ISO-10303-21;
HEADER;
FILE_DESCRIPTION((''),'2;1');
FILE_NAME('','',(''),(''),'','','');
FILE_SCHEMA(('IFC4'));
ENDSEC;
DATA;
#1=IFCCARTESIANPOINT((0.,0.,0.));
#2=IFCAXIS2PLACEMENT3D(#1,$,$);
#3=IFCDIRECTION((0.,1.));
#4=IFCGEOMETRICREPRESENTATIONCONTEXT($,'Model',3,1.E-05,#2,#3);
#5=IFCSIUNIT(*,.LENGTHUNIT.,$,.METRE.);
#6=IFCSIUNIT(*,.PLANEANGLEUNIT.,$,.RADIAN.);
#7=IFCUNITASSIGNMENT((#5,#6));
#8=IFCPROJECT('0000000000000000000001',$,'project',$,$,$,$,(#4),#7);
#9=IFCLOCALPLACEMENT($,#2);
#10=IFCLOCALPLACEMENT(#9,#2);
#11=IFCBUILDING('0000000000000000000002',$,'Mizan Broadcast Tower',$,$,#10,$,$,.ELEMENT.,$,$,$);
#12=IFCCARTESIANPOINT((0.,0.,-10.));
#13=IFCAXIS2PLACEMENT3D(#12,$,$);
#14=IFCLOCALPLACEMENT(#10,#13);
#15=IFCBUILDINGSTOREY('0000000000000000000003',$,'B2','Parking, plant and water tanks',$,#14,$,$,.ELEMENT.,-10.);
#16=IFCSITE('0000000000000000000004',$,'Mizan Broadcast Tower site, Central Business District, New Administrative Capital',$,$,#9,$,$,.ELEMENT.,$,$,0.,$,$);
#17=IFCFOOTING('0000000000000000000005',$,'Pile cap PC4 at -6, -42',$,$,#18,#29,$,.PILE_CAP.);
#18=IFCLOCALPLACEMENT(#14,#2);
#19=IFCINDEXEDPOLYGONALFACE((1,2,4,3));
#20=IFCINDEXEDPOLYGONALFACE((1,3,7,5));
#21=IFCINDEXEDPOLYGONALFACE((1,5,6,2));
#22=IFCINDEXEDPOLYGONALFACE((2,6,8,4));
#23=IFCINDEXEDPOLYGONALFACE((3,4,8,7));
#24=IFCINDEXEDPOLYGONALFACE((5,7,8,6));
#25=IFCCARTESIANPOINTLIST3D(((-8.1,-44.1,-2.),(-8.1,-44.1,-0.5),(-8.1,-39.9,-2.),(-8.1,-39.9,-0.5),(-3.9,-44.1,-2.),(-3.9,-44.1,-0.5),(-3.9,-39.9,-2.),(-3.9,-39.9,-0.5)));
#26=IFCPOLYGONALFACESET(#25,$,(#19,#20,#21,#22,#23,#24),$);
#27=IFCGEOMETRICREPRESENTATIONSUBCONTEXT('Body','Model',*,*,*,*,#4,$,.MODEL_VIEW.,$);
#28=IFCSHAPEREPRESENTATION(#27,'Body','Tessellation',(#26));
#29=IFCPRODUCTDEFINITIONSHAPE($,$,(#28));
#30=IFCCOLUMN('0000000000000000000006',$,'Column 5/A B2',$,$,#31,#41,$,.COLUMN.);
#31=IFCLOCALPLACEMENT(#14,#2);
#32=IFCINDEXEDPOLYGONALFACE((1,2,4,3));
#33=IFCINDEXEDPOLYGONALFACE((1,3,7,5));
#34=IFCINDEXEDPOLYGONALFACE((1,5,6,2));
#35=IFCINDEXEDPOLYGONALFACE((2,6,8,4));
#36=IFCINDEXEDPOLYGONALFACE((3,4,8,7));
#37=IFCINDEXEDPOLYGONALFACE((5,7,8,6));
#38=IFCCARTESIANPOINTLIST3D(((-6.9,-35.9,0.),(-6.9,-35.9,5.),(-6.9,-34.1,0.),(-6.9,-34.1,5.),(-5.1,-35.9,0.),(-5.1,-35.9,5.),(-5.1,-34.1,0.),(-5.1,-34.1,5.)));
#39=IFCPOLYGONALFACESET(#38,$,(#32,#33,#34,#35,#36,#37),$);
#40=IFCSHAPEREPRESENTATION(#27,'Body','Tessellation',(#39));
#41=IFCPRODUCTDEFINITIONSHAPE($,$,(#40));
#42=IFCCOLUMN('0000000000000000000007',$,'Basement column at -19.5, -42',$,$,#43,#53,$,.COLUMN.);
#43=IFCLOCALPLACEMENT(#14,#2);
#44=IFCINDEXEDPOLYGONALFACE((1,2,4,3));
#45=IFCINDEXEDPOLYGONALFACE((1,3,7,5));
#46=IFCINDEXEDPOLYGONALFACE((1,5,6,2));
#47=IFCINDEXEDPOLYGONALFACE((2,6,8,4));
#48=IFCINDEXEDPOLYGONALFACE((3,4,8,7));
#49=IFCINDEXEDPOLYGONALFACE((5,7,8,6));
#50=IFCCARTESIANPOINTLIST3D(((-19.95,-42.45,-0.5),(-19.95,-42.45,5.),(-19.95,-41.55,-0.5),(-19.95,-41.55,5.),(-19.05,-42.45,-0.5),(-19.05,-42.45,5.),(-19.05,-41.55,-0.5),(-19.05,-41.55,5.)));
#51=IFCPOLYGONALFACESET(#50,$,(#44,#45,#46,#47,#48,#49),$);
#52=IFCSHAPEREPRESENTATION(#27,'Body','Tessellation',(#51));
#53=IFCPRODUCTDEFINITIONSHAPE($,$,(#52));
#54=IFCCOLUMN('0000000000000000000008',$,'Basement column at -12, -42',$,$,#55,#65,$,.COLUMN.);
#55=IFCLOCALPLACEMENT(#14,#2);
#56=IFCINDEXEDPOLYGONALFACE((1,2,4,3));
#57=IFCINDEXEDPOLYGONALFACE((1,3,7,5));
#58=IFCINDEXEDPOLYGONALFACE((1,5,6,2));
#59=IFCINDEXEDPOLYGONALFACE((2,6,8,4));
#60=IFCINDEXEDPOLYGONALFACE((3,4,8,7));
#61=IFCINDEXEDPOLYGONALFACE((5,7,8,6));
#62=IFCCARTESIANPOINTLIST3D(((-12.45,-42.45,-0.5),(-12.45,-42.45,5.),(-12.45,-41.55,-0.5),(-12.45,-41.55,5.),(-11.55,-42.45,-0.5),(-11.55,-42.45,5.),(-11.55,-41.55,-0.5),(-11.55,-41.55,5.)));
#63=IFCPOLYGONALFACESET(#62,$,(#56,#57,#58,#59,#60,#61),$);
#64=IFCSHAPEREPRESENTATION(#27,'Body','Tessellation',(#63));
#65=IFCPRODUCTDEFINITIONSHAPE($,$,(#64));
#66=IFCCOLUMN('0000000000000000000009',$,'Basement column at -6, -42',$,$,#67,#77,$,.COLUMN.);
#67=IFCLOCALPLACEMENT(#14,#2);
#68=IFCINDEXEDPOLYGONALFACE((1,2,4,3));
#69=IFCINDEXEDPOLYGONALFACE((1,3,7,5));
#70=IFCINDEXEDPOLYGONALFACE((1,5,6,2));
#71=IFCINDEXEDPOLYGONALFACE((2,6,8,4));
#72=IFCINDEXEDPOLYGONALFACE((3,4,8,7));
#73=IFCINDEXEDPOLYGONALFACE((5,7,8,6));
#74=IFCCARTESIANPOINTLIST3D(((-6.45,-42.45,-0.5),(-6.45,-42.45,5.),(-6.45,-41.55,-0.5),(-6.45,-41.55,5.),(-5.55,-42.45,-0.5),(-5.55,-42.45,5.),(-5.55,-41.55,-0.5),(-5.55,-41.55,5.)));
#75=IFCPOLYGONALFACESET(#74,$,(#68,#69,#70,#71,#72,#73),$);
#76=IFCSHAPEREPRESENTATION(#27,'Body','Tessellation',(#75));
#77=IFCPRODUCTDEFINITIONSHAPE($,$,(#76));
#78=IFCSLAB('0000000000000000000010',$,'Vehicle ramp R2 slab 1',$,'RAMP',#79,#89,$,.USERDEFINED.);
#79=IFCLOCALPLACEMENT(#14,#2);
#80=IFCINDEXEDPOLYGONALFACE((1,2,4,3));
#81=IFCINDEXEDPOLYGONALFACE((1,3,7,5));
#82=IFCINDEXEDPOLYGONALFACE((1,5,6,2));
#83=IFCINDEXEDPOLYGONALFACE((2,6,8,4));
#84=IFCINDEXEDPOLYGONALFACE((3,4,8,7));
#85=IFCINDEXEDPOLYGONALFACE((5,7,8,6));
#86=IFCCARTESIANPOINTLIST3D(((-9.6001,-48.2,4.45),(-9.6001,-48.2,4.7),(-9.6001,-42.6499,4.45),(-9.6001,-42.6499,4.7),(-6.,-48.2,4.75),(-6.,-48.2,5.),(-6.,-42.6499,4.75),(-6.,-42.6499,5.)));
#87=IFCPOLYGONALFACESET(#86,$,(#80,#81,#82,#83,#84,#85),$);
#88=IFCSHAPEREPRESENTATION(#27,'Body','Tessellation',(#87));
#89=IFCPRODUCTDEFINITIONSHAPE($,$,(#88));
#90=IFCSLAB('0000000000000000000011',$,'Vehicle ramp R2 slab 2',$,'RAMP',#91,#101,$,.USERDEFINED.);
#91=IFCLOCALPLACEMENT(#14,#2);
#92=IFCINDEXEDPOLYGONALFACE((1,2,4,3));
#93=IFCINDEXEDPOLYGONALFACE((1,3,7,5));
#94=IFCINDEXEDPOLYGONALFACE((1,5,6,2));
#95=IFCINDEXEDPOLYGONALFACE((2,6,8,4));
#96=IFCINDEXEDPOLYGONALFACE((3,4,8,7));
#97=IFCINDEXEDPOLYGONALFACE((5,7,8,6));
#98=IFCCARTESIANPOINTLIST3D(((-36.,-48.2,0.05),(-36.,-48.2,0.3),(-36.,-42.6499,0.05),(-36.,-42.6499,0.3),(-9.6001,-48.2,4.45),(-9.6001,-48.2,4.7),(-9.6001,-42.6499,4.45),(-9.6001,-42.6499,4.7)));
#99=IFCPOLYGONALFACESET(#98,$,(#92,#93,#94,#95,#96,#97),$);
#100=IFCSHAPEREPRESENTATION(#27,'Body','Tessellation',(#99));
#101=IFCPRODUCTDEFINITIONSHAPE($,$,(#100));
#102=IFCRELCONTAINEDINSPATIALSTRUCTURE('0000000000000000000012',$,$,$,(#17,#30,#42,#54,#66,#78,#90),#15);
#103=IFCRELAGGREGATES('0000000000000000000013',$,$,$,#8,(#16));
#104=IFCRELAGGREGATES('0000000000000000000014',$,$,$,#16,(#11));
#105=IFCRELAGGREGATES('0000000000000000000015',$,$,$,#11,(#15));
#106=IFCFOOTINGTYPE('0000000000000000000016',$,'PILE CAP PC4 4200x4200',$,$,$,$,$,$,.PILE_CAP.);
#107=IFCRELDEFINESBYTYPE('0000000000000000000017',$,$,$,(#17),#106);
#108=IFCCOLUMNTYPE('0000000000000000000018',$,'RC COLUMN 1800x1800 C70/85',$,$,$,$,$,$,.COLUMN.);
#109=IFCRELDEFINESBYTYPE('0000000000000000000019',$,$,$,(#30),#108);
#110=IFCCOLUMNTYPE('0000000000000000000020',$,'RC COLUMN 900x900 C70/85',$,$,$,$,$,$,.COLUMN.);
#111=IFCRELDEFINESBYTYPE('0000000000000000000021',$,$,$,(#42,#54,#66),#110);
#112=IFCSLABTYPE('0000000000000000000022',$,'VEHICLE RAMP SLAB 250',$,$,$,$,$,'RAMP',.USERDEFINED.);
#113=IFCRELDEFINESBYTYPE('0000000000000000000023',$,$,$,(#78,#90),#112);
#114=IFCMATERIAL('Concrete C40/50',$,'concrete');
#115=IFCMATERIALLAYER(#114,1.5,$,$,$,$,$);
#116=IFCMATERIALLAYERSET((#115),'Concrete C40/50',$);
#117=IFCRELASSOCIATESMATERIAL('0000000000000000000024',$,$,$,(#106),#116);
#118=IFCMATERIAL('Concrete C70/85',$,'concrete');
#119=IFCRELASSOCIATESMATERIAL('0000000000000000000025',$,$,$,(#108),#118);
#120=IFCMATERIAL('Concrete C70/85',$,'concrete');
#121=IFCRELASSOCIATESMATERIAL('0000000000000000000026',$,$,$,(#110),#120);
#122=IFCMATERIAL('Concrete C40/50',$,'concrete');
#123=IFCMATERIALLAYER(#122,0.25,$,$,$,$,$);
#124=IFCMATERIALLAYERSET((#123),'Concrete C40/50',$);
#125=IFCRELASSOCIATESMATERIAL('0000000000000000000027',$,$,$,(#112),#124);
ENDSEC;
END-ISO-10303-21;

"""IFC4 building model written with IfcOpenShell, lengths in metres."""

from ifc_helpers import new_model, si_unit, direction, frame, origin, origin_2d, place, context, subcontext, project, spatial, polyline, rectangle, outline, extrude, material, layer, layer_set, material_profile, profile_set, type_object, element, save


model = new_model("IFC4")

# Units and contexts
model_context = context("Model", 3, precision=1e-05, world=origin(), true_north=direction((0.0, 1.0)))
body_context = subcontext(model_context, "Body", "Model", "MODEL_VIEW")
ifc_project = project(units=[si_unit("LENGTHUNIT", "METRE"), si_unit("PLANEANGLEUNIT", "RADIAN")], contexts=[model_context])

# Site, building, storey
site_placement = place(None, origin())
site = spatial("IfcSite", under=ifc_project, at=site_placement, Name="Mizan Broadcast Tower site, Central Business District, New Administrative Capital", CompositionType="ELEMENT", RefElevation=0.0)
building_placement = place(site_placement, origin())
building = spatial("IfcBuilding", under=site, at=building_placement, Name="Mizan Broadcast Tower", CompositionType="ELEMENT")
storey_placement = place(building_placement, frame((0.0, 0.0, -10.0)))
storey = spatial("IfcBuildingStorey", under=building, at=storey_placement, Name="B2", Description="Parking, plant and water tanks", CompositionType="ELEMENT", Elevation=-10.0)

# Footing
ifc_material_1 = material(Name="Concrete C40/50", Category="concrete")
ifc_layer_1 = layer(ifc_material_1, 1.5)
ifc_layer_set_1 = layer_set([ifc_layer_1], Name="Concrete C40/50")
footing_type = type_object("IfcFootingType", Name="PILE CAP PC4 4200x4200", PredefinedType="PILE_CAP", material=ifc_layer_set_1)
for number, where, z_axis, x_axis, name in (
    (1, (-6.0, -42.0, -2.0), (0.0, 0.0, 1.0), (1.0, 0.0, 0.0), "Pile cap PC4 at -6, -42"),
):
    element("IfcFooting", number, at=place(storey_placement, frame(where, z_axis=z_axis, x_axis=x_axis)), inside=storey, type_object=footing_type, Name=name, PredefinedType="PILE_CAP", context=body_context, shape_type="SweptSolid", body=[
        extrude(rectangle(XDim=4.2, YDim=4.2, at=origin_2d()), origin(), (0.0, 0.0, 1.0), 1.5),
    ])

# Columns
ifc_material_2 = material(Name="Concrete C70/85", Category="concrete")
ifc_material_profile_1 = material_profile(ifc_material_2, rectangle(XDim=1.8, YDim=1.8, at=origin_2d()), Name="RC 1800x1800")
ifc_profile_set_1 = profile_set([ifc_material_profile_1], Name="Concrete C70/85")
column_type_1 = type_object("IfcColumnType", Name="RC COLUMN 1800x1800 C70/85", PredefinedType="COLUMN", material=ifc_profile_set_1)
column_placement = place(storey_placement, frame((-6.0, -35.0, 0.0), z_axis=(0.0, 0.0, 1.0), x_axis=(1.0, 0.0, 0.0)))
element("IfcColumn", 2, at=column_placement, inside=storey, type_object=column_type_1, Name="Column 5/A B2", PredefinedType="COLUMN", context=body_context, shape_type="SweptSolid", body=[
    extrude(rectangle(XDim=1.8, YDim=1.8, at=origin_2d()), origin(), (0.0, 0.0, 1.0), 5.0),
])
ifc_material_3 = material(Name="Concrete C70/85", Category="concrete")
ifc_material_profile_2 = material_profile(ifc_material_3, rectangle(XDim=0.8999, YDim=0.8999, at=origin_2d()), Name="RC 900x900")
ifc_profile_set_2 = profile_set([ifc_material_profile_2], Name="Concrete C70/85")
column_type_2 = type_object("IfcColumnType", Name="RC COLUMN 900x900 C70/85", PredefinedType="COLUMN", material=ifc_profile_set_2)
for number, where, z_axis, x_axis, name in (
    (3, (-19.5, -42.0, -0.5), (0.0, 0.0, 1.0), (1.0, 0.0, 0.0), "Basement column at -19.5, -42"),
    (4, (-12.0, -42.0, -0.5), (0.0, 0.0, 1.0), (1.0, 0.0, 0.0), "Basement column at -12, -42"),
    (5, (-6.0, -42.0, -0.5), (0.0, 0.0, 1.0), (1.0, 0.0, 0.0), "Basement column at -6, -42"),
):
    element("IfcColumn", number, at=place(storey_placement, frame(where, z_axis=z_axis, x_axis=x_axis)), inside=storey, type_object=column_type_2, Name=name, PredefinedType="COLUMN", context=body_context, shape_type="SweptSolid", body=[
        extrude(rectangle(XDim=0.8999, YDim=0.8999, at=origin_2d()), origin(), (0.0, 0.0, 1.0), 5.5),
    ])

# Slabs
ifc_material_4 = material(Name="Concrete C40/50", Category="concrete")
ifc_layer_2 = layer(ifc_material_4, 0.25)
ifc_layer_set_2 = layer_set([ifc_layer_2], Name="Concrete C40/50")
slab_type = type_object("IfcSlabType", Name="VEHICLE RAMP SLAB 250", ElementType="RAMP", PredefinedType="USERDEFINED", material=ifc_layer_set_2)
slab_1_placement = place(storey_placement, frame((-6.0, -48.2, 5.0), z_axis=(-0.083057, 0.0, 0.996545), x_axis=(-0.996545, 0.0, -0.083057)))
element("IfcSlab", 6, at=slab_1_placement, inside=storey, type_object=slab_type, Name="Vehicle ramp R2 slab 1", ObjectType="RAMP", PredefinedType="USERDEFINED", context=body_context, shape_type="SweptSolid", body=[
    extrude(outline(polyline([(0.0, 0.0), (3.6126, 0.0), (3.6126, -5.55), (0.0, -5.55), (0.0, 0.0)])), origin(), (0.083057, 0.0, -0.996545), 0.25),
])
slab_2_placement = place(storey_placement, frame((-9.6001, -48.2, 4.7), z_axis=(-0.164396, 0.0, 0.986394), x_axis=(-0.986394, 0.0, -0.164396)))
element("IfcSlab", 7, at=slab_2_placement, inside=storey, type_object=slab_type, Name="Vehicle ramp R2 slab 2", ObjectType="RAMP", PredefinedType="USERDEFINED", context=body_context, shape_type="SweptSolid", body=[
    extrude(outline(polyline([(0.0, 0.0), (26.764, 0.0), (26.764, -5.55), (0.0, -5.55), (0.0, 0.0)])), origin(), (0.164396, 0.0, -0.986394), 0.25),
])

save(model, "model.ifc")
